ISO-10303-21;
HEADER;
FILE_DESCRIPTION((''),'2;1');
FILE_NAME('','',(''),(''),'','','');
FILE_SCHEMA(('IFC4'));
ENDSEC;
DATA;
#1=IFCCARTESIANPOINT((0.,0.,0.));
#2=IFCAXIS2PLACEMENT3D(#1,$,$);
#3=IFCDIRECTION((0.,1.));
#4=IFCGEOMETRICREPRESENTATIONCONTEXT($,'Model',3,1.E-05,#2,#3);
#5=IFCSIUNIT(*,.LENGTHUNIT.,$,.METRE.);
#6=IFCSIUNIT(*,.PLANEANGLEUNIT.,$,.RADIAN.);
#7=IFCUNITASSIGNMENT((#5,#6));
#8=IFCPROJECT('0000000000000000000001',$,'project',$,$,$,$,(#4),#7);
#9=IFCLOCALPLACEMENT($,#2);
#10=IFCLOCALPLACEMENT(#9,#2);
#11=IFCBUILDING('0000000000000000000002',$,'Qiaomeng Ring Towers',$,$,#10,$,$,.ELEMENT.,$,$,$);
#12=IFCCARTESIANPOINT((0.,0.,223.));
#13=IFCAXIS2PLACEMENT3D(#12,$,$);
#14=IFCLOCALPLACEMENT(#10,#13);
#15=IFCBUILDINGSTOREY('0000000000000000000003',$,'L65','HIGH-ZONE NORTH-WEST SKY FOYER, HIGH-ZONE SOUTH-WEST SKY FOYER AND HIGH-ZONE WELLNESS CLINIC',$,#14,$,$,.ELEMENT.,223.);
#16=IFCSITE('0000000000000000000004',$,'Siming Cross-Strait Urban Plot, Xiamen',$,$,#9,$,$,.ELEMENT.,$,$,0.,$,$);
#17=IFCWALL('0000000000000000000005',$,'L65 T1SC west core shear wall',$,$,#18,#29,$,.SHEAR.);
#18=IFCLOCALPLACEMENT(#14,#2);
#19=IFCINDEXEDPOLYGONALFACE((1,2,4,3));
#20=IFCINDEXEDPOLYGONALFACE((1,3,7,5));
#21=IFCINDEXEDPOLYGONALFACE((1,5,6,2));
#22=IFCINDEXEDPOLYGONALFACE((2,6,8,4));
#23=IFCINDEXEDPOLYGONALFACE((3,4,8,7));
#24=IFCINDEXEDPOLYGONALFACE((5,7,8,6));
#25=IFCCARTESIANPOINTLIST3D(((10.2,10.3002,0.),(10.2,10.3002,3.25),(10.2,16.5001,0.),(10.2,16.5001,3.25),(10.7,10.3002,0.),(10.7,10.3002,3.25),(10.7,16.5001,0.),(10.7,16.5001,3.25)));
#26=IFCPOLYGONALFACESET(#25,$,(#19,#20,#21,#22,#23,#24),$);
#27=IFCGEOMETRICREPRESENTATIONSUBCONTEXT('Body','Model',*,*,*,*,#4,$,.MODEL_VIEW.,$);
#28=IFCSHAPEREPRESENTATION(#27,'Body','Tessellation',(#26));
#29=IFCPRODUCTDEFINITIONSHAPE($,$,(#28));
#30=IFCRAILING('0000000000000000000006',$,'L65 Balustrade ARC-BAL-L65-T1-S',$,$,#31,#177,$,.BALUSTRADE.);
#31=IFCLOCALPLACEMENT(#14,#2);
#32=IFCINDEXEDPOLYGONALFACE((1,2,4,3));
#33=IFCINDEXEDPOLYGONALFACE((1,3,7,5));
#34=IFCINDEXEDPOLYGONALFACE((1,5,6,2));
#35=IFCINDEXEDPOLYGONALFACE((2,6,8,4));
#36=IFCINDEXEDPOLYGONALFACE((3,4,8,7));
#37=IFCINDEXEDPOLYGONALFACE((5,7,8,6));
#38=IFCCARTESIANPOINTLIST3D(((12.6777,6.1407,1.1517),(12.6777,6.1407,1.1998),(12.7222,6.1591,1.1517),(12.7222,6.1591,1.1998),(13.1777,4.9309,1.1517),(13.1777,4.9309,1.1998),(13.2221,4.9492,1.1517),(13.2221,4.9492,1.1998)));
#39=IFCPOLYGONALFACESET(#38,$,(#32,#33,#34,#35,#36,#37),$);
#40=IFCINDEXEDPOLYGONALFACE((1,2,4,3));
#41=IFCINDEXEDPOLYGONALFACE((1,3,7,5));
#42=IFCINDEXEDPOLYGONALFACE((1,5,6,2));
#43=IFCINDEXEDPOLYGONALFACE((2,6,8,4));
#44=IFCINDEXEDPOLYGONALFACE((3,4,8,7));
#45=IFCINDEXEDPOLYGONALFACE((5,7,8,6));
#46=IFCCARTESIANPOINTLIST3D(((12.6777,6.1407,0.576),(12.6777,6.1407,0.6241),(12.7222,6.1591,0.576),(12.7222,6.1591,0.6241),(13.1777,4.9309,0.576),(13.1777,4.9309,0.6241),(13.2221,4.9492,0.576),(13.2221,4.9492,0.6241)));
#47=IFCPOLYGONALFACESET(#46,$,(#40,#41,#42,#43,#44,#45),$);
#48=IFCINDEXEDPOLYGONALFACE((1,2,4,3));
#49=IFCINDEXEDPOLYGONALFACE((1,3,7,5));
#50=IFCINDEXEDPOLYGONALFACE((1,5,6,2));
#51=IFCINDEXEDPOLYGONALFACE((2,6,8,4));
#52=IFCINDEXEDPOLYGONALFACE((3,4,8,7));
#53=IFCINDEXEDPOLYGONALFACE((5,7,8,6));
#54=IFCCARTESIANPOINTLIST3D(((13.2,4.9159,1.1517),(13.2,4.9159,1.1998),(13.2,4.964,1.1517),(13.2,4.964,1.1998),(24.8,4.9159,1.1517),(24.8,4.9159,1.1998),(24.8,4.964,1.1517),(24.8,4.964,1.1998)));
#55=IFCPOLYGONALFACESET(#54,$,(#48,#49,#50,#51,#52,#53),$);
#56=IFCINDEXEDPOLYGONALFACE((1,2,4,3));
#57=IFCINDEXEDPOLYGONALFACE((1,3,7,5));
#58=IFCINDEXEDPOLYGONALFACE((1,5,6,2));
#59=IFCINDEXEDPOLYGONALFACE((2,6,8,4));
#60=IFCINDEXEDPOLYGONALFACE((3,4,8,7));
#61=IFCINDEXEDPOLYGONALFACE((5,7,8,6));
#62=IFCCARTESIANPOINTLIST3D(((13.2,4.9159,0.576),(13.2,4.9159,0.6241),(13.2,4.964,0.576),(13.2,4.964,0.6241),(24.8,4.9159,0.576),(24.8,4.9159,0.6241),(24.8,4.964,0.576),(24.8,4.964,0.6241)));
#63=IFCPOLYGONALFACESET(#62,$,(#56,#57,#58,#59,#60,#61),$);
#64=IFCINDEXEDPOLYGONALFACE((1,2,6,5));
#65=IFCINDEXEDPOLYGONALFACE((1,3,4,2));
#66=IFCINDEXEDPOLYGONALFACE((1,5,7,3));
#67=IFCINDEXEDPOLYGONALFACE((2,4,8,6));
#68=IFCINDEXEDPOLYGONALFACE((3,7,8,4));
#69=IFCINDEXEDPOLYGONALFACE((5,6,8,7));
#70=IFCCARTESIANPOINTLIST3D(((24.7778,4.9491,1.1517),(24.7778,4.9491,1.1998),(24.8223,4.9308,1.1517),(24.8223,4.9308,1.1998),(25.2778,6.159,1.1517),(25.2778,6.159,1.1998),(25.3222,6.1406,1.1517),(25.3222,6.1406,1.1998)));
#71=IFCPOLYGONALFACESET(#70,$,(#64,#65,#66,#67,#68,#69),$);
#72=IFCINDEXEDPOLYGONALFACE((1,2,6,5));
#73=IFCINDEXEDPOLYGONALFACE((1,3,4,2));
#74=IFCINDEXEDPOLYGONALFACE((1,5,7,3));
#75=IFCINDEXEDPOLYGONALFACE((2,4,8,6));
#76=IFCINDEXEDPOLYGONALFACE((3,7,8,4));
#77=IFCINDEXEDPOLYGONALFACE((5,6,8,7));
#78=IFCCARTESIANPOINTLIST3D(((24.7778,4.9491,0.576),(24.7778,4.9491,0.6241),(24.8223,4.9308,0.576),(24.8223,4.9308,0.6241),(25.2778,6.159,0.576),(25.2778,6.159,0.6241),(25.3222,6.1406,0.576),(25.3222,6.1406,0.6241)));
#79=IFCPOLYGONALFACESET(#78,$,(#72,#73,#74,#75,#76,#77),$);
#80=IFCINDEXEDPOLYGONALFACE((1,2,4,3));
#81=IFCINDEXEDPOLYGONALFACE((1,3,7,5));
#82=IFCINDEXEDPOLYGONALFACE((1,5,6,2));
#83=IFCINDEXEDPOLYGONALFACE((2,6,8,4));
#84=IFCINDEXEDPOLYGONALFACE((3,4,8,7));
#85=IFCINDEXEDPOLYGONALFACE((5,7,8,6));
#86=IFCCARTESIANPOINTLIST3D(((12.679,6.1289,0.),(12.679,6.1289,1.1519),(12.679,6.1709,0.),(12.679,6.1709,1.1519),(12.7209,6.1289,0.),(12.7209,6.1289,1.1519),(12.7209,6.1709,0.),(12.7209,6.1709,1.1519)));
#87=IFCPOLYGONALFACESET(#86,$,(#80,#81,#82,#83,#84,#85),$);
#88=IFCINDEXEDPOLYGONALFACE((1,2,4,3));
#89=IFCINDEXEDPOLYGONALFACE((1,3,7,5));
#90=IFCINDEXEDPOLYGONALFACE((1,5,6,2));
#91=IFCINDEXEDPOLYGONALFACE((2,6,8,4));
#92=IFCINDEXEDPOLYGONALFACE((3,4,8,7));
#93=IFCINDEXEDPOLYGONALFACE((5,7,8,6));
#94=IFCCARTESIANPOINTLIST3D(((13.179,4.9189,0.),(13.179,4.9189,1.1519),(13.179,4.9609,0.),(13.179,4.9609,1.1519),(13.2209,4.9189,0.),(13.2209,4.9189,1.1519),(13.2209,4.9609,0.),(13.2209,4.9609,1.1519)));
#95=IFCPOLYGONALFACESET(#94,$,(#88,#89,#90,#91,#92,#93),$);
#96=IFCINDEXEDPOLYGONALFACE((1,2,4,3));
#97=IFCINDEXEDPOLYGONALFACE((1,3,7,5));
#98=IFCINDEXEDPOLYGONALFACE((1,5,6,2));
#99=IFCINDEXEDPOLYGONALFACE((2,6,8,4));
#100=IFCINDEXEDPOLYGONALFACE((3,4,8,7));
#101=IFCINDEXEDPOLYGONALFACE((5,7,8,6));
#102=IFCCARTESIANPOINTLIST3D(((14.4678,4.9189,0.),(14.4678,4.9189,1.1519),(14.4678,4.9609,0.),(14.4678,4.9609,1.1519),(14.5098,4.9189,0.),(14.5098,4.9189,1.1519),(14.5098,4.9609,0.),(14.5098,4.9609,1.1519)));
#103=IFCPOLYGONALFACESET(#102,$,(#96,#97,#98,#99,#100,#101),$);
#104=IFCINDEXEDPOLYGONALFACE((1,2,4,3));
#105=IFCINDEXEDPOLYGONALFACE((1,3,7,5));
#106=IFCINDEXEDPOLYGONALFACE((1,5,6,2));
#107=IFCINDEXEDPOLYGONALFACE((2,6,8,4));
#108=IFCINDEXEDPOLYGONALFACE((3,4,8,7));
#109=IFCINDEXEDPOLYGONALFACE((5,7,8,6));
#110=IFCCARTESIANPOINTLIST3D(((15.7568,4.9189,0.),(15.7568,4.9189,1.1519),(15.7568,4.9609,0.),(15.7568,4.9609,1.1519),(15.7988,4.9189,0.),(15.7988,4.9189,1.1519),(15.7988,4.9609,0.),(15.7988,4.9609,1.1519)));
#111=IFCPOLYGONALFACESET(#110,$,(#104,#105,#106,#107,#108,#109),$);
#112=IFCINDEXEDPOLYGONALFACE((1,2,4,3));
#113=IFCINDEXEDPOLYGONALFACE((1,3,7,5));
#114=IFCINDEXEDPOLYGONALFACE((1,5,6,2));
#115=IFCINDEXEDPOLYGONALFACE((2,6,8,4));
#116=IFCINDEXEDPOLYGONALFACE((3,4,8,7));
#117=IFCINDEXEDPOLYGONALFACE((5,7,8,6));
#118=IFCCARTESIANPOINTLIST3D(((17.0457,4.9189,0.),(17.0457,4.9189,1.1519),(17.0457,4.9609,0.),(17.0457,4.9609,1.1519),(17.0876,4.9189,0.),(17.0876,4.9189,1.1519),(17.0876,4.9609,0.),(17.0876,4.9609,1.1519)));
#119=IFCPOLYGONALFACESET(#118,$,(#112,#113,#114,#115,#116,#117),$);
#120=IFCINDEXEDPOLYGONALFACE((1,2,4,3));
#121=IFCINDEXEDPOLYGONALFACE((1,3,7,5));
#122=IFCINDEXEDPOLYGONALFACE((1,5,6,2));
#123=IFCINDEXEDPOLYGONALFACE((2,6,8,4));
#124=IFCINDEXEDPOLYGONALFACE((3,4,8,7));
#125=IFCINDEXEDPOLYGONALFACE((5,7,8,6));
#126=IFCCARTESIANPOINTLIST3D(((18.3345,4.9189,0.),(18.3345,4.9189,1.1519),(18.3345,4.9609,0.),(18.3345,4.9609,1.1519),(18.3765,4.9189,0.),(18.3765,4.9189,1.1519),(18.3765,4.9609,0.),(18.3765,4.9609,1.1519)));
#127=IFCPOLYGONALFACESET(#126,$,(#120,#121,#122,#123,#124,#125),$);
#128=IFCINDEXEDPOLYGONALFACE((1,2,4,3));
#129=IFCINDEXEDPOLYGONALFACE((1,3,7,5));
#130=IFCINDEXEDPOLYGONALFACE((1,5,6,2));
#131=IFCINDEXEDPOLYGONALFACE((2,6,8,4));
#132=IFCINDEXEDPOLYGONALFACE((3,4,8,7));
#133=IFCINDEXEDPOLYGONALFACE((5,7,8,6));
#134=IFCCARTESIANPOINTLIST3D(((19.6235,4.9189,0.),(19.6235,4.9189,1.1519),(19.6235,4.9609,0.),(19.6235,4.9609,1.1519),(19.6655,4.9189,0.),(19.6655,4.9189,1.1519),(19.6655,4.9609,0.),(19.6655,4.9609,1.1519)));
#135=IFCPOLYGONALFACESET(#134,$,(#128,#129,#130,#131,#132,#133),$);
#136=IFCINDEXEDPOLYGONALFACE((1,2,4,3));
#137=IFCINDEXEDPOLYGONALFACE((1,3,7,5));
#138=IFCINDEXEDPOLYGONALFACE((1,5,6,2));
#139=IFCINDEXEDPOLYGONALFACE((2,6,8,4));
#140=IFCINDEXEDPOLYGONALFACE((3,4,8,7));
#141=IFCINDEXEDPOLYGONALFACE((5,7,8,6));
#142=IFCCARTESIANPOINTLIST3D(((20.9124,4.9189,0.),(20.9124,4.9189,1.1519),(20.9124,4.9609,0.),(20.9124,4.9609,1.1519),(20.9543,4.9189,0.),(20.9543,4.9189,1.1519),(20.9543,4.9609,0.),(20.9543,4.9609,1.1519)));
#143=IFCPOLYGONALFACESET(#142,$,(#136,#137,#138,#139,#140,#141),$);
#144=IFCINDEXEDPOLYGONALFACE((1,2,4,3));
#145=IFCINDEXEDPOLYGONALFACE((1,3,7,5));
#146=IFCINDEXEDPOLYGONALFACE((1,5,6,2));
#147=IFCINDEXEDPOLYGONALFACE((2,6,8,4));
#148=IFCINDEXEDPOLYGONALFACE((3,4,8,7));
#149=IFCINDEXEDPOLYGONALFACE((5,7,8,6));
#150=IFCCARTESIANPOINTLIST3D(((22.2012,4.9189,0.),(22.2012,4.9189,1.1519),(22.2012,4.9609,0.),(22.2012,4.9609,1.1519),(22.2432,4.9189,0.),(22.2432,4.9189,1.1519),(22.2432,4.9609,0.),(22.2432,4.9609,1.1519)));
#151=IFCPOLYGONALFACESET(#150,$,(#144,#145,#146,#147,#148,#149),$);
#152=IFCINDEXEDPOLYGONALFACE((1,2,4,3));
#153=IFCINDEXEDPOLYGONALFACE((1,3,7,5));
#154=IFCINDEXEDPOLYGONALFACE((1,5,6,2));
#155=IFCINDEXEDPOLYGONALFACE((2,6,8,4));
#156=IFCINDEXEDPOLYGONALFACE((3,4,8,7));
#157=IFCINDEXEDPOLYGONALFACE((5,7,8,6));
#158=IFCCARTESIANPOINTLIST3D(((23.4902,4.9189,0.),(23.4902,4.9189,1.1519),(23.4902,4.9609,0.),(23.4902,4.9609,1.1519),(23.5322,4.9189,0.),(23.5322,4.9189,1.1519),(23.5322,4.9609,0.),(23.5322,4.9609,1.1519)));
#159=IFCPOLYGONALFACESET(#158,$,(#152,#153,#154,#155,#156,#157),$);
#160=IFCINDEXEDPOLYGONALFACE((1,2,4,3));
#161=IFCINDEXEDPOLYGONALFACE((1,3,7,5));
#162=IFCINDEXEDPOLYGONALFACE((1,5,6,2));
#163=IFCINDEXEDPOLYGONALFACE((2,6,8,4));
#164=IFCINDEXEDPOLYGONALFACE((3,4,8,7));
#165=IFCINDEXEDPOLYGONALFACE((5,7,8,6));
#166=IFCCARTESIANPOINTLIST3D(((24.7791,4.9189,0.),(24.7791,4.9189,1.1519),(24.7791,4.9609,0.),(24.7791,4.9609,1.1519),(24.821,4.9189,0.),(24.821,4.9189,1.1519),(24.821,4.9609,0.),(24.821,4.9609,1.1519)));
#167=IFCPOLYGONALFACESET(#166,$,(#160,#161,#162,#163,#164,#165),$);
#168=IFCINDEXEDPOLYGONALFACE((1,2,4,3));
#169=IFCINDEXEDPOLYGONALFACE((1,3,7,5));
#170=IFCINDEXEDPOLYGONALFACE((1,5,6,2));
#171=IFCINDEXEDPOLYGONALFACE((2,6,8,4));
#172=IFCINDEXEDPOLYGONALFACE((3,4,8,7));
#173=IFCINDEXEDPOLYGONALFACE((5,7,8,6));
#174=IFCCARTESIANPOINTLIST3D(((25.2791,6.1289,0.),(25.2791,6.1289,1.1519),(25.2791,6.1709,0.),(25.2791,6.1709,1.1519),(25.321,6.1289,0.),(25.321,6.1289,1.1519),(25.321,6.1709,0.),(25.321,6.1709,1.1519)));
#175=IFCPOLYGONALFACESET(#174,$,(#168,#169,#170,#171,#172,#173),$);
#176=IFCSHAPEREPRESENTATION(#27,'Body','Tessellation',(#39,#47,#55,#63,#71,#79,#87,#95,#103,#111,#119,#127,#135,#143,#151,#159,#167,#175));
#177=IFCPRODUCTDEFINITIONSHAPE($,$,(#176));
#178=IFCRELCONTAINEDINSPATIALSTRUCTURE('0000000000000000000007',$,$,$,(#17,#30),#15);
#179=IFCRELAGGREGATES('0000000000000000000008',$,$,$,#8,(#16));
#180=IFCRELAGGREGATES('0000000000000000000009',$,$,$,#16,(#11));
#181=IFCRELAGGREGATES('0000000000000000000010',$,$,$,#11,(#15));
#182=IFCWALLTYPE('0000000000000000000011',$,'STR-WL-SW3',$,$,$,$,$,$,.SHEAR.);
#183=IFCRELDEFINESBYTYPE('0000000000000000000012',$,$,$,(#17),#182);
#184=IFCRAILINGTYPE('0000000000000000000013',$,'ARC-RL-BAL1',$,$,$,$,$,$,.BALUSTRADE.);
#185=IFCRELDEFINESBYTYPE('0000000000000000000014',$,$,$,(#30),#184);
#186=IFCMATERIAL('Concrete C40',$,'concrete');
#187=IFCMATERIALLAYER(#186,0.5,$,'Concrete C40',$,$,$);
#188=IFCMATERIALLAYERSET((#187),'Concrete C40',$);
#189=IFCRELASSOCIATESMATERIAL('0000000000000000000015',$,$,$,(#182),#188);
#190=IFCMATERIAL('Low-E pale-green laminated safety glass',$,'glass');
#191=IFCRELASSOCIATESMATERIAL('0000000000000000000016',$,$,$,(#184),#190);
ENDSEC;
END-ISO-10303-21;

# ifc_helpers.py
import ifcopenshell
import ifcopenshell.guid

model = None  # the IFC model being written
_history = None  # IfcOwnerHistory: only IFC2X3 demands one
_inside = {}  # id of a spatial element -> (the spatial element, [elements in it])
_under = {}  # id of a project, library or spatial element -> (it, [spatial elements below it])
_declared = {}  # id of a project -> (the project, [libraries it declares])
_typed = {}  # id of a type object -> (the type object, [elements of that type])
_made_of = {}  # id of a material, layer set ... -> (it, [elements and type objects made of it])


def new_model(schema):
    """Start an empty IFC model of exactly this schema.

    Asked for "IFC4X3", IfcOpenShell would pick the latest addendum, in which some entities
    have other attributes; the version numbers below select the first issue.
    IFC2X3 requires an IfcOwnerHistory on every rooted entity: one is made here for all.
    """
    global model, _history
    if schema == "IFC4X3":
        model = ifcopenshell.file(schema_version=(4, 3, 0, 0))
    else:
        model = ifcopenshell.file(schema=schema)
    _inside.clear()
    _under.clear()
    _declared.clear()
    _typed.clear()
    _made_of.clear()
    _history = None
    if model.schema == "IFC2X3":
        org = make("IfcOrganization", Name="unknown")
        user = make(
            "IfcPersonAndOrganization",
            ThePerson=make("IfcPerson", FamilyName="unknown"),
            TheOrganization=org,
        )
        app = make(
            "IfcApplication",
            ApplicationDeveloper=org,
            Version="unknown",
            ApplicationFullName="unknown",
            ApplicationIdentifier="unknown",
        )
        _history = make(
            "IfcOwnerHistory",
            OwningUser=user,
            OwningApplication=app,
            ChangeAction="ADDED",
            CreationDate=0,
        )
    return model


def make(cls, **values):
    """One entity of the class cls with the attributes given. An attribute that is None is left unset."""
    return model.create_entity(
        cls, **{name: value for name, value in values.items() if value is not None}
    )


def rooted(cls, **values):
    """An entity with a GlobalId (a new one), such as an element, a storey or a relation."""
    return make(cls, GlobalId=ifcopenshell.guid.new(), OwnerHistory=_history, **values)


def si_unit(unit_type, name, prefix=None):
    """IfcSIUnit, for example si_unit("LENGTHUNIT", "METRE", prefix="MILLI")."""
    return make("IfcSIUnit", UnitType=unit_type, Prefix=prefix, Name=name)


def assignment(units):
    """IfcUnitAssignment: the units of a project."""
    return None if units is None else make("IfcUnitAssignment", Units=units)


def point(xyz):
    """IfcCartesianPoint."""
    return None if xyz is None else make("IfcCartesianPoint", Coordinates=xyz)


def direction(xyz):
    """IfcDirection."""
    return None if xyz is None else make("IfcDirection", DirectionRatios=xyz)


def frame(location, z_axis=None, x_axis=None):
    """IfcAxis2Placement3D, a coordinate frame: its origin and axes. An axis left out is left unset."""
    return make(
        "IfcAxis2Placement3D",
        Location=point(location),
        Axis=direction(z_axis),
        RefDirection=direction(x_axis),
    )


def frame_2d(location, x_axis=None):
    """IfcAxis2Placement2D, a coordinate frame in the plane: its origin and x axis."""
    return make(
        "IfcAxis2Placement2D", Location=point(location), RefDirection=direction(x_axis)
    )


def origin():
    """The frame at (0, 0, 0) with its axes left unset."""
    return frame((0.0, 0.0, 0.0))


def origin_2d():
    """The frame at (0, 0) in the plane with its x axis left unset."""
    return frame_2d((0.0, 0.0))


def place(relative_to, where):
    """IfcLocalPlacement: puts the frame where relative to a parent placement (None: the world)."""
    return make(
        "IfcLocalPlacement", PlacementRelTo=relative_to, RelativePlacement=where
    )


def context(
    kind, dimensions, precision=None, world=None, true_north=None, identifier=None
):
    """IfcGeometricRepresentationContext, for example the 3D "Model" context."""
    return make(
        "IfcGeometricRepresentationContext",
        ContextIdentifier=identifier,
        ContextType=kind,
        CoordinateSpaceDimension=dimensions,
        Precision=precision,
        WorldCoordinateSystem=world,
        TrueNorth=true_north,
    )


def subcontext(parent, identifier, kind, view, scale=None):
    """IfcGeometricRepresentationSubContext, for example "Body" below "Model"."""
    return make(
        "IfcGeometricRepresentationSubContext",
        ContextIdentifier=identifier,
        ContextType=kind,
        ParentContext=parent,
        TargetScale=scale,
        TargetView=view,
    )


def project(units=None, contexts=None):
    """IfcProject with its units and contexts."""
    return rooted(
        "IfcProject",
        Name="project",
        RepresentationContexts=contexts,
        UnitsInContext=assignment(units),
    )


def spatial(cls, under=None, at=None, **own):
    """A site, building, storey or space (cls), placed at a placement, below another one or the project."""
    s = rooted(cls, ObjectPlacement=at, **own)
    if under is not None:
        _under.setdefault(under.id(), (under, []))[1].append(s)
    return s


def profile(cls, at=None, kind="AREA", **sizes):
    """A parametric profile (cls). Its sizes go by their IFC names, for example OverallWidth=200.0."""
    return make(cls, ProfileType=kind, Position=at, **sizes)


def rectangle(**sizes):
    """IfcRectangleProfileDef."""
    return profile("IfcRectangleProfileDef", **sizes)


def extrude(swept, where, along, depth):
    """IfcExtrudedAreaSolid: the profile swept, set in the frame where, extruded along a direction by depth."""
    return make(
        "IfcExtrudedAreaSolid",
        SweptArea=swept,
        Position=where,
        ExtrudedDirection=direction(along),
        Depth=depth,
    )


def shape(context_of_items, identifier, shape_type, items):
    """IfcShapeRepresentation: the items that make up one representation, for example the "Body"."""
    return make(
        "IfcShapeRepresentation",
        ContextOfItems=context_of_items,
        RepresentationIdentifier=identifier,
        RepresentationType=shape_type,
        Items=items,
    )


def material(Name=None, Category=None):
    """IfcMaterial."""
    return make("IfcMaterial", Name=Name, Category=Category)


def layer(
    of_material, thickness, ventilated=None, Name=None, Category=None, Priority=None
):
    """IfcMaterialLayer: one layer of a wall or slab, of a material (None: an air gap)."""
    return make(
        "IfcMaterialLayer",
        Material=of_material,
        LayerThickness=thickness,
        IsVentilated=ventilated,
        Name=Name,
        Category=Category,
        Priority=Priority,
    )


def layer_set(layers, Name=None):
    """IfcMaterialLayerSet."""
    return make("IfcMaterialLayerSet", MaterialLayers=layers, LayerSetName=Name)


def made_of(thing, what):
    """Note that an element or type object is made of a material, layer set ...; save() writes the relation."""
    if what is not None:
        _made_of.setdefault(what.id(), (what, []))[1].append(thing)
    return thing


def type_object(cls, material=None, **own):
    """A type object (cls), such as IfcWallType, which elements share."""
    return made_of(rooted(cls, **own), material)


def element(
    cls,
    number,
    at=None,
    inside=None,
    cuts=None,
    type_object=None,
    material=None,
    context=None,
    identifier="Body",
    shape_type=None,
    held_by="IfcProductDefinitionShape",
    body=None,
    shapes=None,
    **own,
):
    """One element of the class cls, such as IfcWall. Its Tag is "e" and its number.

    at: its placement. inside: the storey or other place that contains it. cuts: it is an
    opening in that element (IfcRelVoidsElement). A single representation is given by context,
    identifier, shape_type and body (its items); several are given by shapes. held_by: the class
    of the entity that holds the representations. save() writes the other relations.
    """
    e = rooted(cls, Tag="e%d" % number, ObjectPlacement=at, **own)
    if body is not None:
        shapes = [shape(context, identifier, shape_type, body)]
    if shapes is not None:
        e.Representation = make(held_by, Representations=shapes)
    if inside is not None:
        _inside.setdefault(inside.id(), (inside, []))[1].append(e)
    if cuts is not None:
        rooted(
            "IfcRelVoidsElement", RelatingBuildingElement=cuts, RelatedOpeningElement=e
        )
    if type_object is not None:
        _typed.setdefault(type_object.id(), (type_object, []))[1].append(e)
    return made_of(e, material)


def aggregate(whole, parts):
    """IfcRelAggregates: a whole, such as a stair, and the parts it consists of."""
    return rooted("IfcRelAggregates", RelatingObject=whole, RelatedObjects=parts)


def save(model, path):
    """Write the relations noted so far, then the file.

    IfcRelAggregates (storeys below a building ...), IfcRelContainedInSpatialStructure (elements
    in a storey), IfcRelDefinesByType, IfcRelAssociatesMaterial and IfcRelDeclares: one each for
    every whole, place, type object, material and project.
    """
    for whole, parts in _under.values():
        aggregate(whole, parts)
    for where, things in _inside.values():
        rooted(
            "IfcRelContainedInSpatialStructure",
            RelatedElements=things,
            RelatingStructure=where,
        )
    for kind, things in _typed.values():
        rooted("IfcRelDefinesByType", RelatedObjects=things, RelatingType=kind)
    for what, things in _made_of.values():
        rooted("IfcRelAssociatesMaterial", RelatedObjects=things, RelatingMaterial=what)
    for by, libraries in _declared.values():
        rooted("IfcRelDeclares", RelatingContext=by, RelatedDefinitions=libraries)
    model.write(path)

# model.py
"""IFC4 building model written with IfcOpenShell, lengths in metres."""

from ifc_helpers import new_model, si_unit, direction, frame, frame_2d, origin, origin_2d, place, context, subcontext, project, spatial, rectangle, extrude, material, layer, layer_set, type_object, element, save


model = new_model("IFC4")

# Units and contexts
model_context = context("Model", 3, precision=1e-05, world=origin(), true_north=direction((0.0, 1.0)))
body_context = subcontext(model_context, "Body", "Model", "MODEL_VIEW")
ifc_project = project(units=[si_unit("LENGTHUNIT", "METRE"), si_unit("PLANEANGLEUNIT", "RADIAN")], contexts=[model_context])

# Site, building, storey
site_placement = place(None, origin())
site = spatial("IfcSite", under=ifc_project, at=site_placement, Name="Siming Cross-Strait Urban Plot, Xiamen", CompositionType="ELEMENT", RefElevation=0.0)
building_placement = place(site_placement, origin())
building = spatial("IfcBuilding", under=site, at=building_placement, Name="Qiaomeng Ring Towers", CompositionType="ELEMENT")
storey_placement = place(building_placement, frame((0.0, 0.0, 223.0)))
storey = spatial("IfcBuildingStorey", under=building, at=storey_placement, Name="L65", Description="HIGH-ZONE NORTH-WEST SKY FOYER, HIGH-ZONE SOUTH-WEST SKY FOYER AND HIGH-ZONE WELLNESS CLINIC", CompositionType="ELEMENT", Elevation=223.0)

# Shared definitions
ifc_material_1 = material(Name="Concrete C40", Category="concrete")

# Shared definitions
ifc_layer_1 = layer(ifc_material_1, 0.5, Name="Concrete C40")
ifc_layer_set_1 = layer_set([ifc_layer_1], Name="Concrete C40")
wall_type_1 = type_object("IfcWallType", Name="STR-WL-SW3", PredefinedType="SHEAR", material=ifc_layer_set_1)

# Wall
wall_1_placement = place(storey_placement, frame((10.45, 10.3, 0.0), z_axis=(0.0, 0.0, 1.0), x_axis=(0.0, 1.0, 0.0)))
element("IfcWall", 1, at=wall_1_placement, inside=storey, type_object=wall_type_1, Name="L65 T1SC west core shear wall", PredefinedType="SHEAR", context=body_context, shape_type="SweptSolid", body=[
    extrude(rectangle(XDim=6.2, YDim=0.5, at=frame_2d((3.1001, 0.0))), origin(), (0.0, 0.0, 1.0), 3.25),
])

# Railing
ifc_material_2 = material(Name="Low-E pale-green laminated safety glass", Category="glass")
railing_type = type_object("IfcRailingType", Name="ARC-RL-BAL1", PredefinedType="BALUSTRADE", material=ifc_material_2)
railing_placement = place(storey_placement, frame((12.7, 6.1499, 0.0)))
element("IfcRailing", 2, at=railing_placement, inside=storey, type_object=railing_type, Name="L65 Balustrade ARC-BAL-L65-T1-S", PredefinedType="BALUSTRADE", context=body_context, shape_type="SweptSolid", body=[
    extrude(rectangle(XDim=0.0481, YDim=0.0481, at=origin_2d()), frame((0.0, 0.0, 1.1758), z_axis=(0.381913, -0.924198, 0.0), x_axis=(0.924198, 0.381913, 0.0)), (0.0, 0.0, 1.0), 1.3091),
    extrude(rectangle(XDim=0.0481, YDim=0.0481, at=origin_2d()), frame((0.0, 0.0, 0.6001), z_axis=(0.381913, -0.924198, 0.0), x_axis=(0.924198, 0.381913, 0.0)), (0.0, 0.0, 1.0), 1.3091),
    extrude(rectangle(XDim=0.0481, YDim=0.0481, at=origin_2d()), frame((0.5, -1.21, 1.1758), z_axis=(1.0, 0.0, 0.0), x_axis=(0.0, 1.0, 0.0)), (0.0, 0.0, 1.0), 11.6001),
    extrude(rectangle(XDim=0.0481, YDim=0.0481, at=origin_2d()), frame((0.5, -1.21, 0.6001), z_axis=(1.0, 0.0, 0.0), x_axis=(0.0, 1.0, 0.0)), (0.0, 0.0, 1.0), 11.6001),
    extrude(rectangle(XDim=0.0481, YDim=0.0481, at=origin_2d()), frame((12.1001, -1.21, 1.1758), z_axis=(0.381913, 0.924198, 0.0), x_axis=(-0.924198, 0.381913, 0.0)), (0.0, 0.0, 1.0), 1.3091),
    extrude(rectangle(XDim=0.0481, YDim=0.0481, at=origin_2d()), frame((12.1001, -1.21, 0.6001), z_axis=(0.381913, 0.924198, 0.0), x_axis=(-0.924198, 0.381913, 0.0)), (0.0, 0.0, 1.0), 1.3091),
    extrude(rectangle(XDim=0.042, YDim=0.042, at=origin_2d()), origin(), (0.0, 0.0, 1.0), 1.1519),
    extrude(rectangle(XDim=0.042, YDim=0.042, at=origin_2d()), frame((0.5, -1.21, 0.0)), (0.0, 0.0, 1.0), 1.1519),
    extrude(rectangle(XDim=0.042, YDim=0.042, at=origin_2d()), frame((1.7888, -1.21, 0.0)), (0.0, 0.0, 1.0), 1.1519),
    extrude(rectangle(XDim=0.042, YDim=0.042, at=origin_2d()), frame((3.0779, -1.21, 0.0)), (0.0, 0.0, 1.0), 1.1519),
    extrude(rectangle(XDim=0.042, YDim=0.042, at=origin_2d()), frame((4.3667, -1.21, 0.0)), (0.0, 0.0, 1.0), 1.1519),
    extrude(rectangle(XDim=0.042, YDim=0.042, at=origin_2d()), frame((5.6555, -1.21, 0.0)), (0.0, 0.0, 1.0), 1.1519),
    extrude(rectangle(XDim=0.042, YDim=0.042, at=origin_2d()), frame((6.9446, -1.21, 0.0)), (0.0, 0.0, 1.0), 1.1519),
    extrude(rectangle(XDim=0.042, YDim=0.042, at=origin_2d()), frame((8.2334, -1.21, 0.0)), (0.0, 0.0, 1.0), 1.1519),
    extrude(rectangle(XDim=0.042, YDim=0.042, at=origin_2d()), frame((9.5222, -1.21, 0.0)), (0.0, 0.0, 1.0), 1.1519),
    extrude(rectangle(XDim=0.042, YDim=0.042, at=origin_2d()), frame((10.8113, -1.21, 0.0)), (0.0, 0.0, 1.0), 1.1519),
    extrude(rectangle(XDim=0.042, YDim=0.042, at=origin_2d()), frame((12.1001, -1.21, 0.0)), (0.0, 0.0, 1.0), 1.1519),
    extrude(rectangle(XDim=0.042, YDim=0.042, at=origin_2d()), frame((12.6001, 0.0, 0.0)), (0.0, 0.0, 1.0), 1.1519),
])

save(model, "model.ifc")
